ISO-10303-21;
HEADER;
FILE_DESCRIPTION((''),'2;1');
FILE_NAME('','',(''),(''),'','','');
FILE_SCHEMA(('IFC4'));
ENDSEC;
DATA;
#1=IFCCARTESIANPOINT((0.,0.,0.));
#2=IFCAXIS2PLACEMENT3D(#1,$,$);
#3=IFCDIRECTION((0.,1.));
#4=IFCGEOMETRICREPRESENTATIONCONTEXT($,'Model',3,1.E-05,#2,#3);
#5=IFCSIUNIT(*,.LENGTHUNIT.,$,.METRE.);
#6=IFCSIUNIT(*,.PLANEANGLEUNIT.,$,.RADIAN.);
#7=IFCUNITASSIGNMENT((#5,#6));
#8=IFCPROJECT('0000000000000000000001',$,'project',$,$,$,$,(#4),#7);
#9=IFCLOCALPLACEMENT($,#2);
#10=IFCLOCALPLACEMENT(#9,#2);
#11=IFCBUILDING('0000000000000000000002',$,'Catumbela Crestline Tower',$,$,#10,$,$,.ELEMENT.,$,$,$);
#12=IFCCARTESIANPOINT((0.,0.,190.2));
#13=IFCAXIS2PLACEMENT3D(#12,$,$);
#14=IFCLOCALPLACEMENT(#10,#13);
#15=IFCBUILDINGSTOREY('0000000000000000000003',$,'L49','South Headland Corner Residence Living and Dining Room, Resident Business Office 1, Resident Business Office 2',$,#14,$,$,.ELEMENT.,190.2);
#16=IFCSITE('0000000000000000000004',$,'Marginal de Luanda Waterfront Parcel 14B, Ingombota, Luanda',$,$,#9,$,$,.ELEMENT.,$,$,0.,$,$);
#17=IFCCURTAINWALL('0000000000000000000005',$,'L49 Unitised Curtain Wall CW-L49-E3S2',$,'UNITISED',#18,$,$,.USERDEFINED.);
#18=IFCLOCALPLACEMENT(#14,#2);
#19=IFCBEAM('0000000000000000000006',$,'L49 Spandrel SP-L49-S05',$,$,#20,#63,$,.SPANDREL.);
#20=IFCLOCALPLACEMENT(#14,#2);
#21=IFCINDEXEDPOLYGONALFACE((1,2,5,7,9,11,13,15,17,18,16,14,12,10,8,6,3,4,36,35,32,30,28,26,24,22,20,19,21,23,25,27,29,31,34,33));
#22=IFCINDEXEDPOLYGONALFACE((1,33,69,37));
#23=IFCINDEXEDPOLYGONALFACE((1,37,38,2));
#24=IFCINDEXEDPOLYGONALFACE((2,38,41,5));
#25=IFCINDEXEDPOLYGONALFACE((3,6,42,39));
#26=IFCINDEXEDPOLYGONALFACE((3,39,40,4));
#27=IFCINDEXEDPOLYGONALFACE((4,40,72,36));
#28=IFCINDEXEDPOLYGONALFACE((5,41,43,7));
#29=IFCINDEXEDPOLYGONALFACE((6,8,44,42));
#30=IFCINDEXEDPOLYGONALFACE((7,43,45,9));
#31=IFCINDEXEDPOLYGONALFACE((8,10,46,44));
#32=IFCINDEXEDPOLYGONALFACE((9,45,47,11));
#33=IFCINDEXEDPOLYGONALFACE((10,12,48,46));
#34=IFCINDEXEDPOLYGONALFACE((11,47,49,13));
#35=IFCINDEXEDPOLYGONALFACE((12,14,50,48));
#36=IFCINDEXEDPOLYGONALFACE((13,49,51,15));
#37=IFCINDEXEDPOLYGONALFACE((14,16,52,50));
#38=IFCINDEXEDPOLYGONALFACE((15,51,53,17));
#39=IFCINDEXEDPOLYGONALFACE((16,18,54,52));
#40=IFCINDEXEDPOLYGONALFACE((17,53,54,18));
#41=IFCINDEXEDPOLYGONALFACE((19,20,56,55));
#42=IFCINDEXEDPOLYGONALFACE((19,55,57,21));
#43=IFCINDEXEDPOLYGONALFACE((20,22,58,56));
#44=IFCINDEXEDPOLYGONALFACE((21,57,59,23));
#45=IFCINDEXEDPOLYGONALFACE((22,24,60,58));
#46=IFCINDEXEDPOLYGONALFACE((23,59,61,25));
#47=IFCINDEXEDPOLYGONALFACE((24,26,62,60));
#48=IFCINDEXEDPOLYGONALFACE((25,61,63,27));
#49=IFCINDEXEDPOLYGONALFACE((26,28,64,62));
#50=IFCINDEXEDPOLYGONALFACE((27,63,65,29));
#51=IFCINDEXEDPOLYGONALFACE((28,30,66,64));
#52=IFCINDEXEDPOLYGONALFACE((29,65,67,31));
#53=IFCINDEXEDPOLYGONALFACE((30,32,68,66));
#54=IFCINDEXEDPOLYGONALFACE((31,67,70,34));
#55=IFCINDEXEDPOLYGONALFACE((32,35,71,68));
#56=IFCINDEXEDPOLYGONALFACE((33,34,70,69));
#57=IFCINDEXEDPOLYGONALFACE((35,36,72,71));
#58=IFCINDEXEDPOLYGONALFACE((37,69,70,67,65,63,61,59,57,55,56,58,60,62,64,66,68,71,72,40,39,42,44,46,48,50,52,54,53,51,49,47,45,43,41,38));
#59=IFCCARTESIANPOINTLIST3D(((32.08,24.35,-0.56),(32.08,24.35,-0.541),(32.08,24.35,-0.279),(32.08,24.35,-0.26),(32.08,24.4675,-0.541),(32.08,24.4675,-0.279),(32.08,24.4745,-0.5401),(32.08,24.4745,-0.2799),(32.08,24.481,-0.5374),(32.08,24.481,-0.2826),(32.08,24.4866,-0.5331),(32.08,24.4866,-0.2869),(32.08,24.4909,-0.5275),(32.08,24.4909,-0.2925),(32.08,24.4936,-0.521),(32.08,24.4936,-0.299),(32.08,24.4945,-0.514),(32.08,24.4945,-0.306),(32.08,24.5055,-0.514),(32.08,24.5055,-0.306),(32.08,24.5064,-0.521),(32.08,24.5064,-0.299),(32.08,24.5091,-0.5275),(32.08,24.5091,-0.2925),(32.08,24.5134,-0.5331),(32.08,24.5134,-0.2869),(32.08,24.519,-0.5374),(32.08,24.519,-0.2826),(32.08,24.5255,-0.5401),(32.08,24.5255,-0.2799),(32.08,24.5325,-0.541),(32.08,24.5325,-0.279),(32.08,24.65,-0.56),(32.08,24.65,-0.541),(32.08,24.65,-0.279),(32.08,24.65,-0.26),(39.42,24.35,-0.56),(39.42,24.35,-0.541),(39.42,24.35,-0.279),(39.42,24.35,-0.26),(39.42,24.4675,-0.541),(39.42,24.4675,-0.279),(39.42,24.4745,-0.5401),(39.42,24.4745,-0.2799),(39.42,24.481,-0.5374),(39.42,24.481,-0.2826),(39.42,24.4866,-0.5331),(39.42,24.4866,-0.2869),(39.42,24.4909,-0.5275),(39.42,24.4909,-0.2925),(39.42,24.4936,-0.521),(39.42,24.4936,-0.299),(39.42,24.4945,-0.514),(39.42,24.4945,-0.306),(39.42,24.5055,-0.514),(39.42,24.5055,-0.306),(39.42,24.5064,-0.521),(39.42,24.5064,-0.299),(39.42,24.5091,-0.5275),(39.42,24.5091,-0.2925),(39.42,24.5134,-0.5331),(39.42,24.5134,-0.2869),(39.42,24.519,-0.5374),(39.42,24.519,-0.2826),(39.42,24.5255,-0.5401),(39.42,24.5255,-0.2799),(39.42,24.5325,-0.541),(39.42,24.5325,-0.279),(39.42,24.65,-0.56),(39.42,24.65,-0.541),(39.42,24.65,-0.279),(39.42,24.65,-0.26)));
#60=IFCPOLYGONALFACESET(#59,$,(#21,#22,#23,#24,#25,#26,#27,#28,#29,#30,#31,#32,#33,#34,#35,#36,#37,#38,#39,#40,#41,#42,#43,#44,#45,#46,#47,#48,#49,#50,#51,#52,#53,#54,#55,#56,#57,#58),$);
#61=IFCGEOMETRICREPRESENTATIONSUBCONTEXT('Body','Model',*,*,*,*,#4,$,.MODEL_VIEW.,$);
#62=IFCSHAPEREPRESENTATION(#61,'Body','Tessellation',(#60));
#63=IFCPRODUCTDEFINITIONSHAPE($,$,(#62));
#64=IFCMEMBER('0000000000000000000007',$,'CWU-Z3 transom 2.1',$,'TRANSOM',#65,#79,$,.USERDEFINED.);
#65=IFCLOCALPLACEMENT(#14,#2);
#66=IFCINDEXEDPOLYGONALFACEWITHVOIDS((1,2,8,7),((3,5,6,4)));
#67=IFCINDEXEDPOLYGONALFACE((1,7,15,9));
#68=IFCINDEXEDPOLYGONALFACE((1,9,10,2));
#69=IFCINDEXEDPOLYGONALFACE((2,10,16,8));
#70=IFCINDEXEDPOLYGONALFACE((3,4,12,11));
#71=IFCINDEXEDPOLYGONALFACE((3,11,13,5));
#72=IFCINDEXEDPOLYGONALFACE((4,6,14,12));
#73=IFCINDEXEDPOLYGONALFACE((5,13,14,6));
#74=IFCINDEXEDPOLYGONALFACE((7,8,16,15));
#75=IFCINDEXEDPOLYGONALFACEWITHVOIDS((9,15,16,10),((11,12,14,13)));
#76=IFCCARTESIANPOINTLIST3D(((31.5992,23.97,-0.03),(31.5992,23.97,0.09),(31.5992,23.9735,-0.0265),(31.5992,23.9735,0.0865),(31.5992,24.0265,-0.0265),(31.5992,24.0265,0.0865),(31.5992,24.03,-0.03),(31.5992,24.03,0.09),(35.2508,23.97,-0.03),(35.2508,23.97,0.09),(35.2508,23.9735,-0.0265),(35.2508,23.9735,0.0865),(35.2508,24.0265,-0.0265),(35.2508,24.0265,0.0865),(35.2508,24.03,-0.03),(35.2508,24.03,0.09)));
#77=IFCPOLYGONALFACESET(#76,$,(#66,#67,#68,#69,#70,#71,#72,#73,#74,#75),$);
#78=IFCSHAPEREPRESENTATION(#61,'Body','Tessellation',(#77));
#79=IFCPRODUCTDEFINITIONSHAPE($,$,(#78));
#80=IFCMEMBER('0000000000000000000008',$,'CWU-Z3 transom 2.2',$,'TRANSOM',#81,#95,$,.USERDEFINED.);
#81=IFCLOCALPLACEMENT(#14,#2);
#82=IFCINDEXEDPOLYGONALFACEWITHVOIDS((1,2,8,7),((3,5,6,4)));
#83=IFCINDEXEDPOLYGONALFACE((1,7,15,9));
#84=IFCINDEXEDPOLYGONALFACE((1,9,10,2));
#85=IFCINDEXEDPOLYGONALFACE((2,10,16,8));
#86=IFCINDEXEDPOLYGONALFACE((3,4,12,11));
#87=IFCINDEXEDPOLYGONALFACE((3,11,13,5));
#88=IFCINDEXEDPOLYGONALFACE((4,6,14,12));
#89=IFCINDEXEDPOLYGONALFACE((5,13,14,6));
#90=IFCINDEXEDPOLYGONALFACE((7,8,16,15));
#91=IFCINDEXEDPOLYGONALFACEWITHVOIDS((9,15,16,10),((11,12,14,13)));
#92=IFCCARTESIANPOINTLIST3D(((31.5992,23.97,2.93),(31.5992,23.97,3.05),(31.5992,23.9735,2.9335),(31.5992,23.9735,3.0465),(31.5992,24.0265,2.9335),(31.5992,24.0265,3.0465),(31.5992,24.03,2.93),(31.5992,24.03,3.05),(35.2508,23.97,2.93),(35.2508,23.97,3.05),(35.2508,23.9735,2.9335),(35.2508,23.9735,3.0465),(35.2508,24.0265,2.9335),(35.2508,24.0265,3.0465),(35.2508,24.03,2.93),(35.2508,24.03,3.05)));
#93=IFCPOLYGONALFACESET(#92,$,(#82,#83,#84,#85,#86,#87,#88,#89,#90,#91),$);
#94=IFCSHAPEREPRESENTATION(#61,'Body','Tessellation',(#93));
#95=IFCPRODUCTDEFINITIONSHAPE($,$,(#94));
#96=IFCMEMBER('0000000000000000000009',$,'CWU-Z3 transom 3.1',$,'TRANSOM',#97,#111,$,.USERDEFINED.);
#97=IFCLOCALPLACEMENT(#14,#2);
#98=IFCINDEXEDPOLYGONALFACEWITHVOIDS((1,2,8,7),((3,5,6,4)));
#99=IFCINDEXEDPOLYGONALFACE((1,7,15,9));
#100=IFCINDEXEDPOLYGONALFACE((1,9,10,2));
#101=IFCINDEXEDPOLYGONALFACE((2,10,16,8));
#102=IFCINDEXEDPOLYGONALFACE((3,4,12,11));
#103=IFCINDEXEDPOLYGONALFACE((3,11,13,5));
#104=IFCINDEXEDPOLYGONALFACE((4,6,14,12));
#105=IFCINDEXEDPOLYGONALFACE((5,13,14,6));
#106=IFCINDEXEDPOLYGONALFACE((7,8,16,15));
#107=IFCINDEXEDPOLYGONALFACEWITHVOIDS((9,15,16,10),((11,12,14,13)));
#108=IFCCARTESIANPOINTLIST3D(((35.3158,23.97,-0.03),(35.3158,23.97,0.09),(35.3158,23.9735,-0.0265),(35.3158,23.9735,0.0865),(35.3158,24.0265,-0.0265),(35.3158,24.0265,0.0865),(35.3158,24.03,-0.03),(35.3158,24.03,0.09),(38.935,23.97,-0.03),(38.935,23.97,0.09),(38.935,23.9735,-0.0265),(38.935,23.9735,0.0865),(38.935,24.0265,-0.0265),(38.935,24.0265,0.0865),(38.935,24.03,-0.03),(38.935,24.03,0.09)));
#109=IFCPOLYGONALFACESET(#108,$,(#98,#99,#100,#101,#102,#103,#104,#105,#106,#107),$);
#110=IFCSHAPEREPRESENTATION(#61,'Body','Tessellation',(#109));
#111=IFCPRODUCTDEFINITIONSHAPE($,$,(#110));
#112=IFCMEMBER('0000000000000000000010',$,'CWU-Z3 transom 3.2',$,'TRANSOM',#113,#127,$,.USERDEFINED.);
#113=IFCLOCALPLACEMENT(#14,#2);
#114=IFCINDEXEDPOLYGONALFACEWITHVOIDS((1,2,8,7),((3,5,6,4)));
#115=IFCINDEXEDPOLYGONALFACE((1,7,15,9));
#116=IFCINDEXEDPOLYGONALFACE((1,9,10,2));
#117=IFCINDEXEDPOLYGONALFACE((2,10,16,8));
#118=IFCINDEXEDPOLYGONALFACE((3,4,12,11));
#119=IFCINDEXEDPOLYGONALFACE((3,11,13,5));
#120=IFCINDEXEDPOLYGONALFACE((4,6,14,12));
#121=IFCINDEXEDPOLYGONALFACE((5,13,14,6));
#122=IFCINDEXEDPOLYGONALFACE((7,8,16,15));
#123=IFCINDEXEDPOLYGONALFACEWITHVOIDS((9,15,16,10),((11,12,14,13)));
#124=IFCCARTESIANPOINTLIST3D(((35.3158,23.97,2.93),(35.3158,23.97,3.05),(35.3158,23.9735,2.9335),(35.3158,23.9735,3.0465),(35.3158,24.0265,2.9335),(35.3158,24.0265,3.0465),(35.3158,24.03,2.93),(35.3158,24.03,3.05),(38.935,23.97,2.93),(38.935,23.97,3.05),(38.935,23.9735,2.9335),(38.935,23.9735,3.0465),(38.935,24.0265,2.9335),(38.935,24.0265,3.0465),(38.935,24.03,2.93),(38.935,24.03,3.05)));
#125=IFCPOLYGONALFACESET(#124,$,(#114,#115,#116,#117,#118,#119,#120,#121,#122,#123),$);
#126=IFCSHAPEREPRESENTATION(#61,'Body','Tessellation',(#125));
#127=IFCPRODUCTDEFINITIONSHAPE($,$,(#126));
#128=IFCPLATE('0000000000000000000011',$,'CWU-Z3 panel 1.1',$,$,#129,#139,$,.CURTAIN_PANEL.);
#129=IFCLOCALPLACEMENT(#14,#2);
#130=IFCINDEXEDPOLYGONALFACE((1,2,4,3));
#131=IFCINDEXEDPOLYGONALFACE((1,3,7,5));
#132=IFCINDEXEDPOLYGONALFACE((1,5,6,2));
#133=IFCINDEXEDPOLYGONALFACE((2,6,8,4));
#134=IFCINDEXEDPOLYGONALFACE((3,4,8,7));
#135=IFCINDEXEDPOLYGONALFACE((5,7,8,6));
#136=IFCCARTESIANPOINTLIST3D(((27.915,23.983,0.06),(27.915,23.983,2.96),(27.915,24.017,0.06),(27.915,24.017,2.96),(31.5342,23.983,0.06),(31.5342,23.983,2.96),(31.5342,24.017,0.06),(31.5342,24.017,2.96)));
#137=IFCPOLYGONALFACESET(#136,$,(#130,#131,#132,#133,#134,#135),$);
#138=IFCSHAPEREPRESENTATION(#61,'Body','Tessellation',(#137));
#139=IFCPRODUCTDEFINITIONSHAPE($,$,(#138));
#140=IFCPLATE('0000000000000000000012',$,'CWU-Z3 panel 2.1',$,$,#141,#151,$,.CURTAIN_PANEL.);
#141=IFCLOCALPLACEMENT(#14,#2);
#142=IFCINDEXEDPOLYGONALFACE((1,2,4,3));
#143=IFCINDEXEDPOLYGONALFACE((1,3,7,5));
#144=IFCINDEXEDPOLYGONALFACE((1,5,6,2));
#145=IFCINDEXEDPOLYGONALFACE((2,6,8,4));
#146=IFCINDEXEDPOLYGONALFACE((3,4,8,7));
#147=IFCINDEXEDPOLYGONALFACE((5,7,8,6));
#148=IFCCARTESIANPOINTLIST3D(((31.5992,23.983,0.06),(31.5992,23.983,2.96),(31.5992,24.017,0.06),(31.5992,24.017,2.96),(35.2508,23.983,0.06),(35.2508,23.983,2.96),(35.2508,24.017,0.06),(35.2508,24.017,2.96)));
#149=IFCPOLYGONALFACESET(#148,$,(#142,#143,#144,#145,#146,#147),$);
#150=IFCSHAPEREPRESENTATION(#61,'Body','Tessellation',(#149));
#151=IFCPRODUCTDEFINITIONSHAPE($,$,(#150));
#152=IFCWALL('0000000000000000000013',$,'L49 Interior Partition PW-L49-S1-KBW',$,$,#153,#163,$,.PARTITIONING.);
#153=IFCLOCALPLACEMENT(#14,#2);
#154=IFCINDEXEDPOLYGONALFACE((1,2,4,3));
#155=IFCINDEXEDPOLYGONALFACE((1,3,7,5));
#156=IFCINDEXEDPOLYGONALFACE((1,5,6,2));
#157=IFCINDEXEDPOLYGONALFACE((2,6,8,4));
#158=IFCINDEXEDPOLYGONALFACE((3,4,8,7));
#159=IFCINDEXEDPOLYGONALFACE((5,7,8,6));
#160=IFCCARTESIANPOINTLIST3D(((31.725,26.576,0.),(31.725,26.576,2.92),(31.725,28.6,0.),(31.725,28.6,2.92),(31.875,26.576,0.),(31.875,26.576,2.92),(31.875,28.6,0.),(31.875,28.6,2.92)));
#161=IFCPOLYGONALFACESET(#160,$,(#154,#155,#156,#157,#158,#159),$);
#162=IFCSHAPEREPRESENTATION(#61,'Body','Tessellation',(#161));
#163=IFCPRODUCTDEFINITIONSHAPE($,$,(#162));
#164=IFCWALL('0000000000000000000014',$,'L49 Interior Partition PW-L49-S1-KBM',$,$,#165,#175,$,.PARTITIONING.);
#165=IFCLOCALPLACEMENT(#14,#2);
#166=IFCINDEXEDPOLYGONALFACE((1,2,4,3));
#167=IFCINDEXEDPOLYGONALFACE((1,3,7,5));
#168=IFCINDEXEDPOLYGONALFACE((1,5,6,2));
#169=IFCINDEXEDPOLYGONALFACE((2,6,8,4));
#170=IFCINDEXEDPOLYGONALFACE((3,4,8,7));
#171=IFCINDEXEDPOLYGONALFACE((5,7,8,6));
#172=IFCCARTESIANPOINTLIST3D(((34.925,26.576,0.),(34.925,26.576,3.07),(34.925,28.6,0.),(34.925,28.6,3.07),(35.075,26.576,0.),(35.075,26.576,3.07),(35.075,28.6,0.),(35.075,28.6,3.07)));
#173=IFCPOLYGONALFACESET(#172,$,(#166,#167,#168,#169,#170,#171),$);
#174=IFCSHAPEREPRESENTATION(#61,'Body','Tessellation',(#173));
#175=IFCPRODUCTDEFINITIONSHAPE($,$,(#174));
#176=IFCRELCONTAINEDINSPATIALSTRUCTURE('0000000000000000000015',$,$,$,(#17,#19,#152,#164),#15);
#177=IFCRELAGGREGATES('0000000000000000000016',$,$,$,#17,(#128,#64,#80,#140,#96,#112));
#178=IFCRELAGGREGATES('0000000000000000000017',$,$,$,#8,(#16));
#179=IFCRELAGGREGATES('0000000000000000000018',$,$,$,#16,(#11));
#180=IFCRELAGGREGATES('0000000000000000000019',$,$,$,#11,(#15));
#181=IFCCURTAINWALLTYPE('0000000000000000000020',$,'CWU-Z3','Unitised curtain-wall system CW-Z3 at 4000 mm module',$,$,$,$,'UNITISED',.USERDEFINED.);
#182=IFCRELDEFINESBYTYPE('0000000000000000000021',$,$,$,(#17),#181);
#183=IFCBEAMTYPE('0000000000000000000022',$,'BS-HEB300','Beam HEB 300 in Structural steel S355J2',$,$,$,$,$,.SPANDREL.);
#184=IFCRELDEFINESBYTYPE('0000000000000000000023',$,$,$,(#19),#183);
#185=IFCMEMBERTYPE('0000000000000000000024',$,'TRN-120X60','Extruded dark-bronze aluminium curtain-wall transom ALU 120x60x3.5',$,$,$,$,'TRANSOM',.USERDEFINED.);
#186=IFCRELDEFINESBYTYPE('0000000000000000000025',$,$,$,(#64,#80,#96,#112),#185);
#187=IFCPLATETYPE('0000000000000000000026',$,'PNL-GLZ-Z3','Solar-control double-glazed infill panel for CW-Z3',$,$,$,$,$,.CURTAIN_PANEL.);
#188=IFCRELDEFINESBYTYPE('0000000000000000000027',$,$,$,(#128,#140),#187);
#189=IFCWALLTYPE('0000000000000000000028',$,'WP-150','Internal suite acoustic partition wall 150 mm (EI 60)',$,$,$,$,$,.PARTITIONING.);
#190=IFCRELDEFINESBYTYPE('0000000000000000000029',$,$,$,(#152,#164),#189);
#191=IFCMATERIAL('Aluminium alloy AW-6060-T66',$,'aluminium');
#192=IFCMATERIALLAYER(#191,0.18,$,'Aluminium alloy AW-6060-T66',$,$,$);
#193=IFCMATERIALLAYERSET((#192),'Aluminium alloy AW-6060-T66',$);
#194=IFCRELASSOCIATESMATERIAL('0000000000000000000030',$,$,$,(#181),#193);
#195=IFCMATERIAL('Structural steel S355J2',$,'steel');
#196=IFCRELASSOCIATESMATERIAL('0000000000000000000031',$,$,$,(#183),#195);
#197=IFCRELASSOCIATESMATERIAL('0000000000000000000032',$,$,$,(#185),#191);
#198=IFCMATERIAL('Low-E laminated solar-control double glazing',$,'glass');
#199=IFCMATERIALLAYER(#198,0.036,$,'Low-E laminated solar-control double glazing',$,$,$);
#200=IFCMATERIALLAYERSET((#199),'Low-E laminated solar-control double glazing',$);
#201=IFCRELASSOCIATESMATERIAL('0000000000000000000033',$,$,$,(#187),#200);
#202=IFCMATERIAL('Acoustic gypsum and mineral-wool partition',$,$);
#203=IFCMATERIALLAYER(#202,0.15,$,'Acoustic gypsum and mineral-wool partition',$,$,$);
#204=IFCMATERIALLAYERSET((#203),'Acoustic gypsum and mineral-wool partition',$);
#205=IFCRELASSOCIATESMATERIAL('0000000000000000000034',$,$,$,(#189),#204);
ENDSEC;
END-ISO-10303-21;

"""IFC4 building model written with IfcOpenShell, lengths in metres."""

from ifc_helpers import new_model, si_unit, direction, frame, frame_2d, origin, origin_2d, place, context, subcontext, project, spatial, rectangle, hollow_rectangle, i_section, extrude, material, layer, layer_set, material_profile, profile_set, type_object, element, aggregate, save


model = new_model("IFC4")

# Units and contexts
model_context = context("Model", 3, precision=1e-05, world=origin(), true_north=direction((0.0, 1.0)))
body_context = subcontext(model_context, "Body", "Model", "MODEL_VIEW")
ifc_project = project(units=[si_unit("LENGTHUNIT", "METRE"), si_unit("PLANEANGLEUNIT", "RADIAN")], contexts=[model_context])

# Site, building, storey
site_placement = place(None, origin())
site = spatial("IfcSite", under=ifc_project, at=site_placement, Name="Marginal de Luanda Waterfront Parcel 14B, Ingombota, Luanda", CompositionType="ELEMENT", RefElevation=0.0)
building_placement = place(site_placement, origin())
building = spatial("IfcBuilding", under=site, at=building_placement, Name="Catumbela Crestline Tower", CompositionType="ELEMENT")
storey_placement = place(building_placement, frame((0.0, 0.0, 190.2)))
storey = spatial("IfcBuildingStorey", under=building, at=storey_placement, Name="L49", Description="South Headland Corner Residence Living and Dining Room, Resident Business Office 1, Resident Business Office 2", CompositionType="ELEMENT", Elevation=190.2)

# Shared definitions
ifc_material_1 = material(Name="Structural steel S355J2", Category="steel")

# Curtain wall
ifc_material_2 = material(Name="Aluminium alloy AW-6060-T66", Category="aluminium")
ifc_layer_1 = layer(ifc_material_2, 0.18, Name="Aluminium alloy AW-6060-T66")
ifc_layer_set_1 = layer_set([ifc_layer_1], Name="Aluminium alloy AW-6060-T66")
curtain_wall_type = type_object("IfcCurtainWallType", Name="CWU-Z3", Description="Unitised curtain-wall system CW-Z3 at 4000 mm module", ElementType="UNITISED", PredefinedType="USERDEFINED", material=ifc_layer_set_1)
curtain_wall_placement = place(storey_placement, origin())
curtain_wall = element("IfcCurtainWall", 1, at=curtain_wall_placement, inside=storey, type_object=curtain_wall_type, Name="L49 Unitised Curtain Wall CW-L49-E3S2", ObjectType="UNITISED", PredefinedType="USERDEFINED")

# Beam
ifc_material_profile_1 = material_profile(ifc_material_1, i_section(OverallWidth=0.3, OverallDepth=0.3, WebThickness=0.011, FlangeThickness=0.019, FilletRadius=0.027, at=origin_2d()), Name="HEB 300")
ifc_profile_set_1 = profile_set([ifc_material_profile_1], Name="Structural steel S355J2")
beam_type_1 = type_object("IfcBeamType", Name="BS-HEB300", Description="Beam HEB 300 in Structural steel S355J2", PredefinedType="SPANDREL", material=ifc_profile_set_1)
beam_1_placement = place(storey_placement, frame((32.08, 24.5, -0.41), z_axis=(1.0, 0.0, 0.0), x_axis=(0.0, 1.0, 0.0)))
element("IfcBeam", 2, at=beam_1_placement, inside=storey, type_object=beam_type_1, Name="L49 Spandrel SP-L49-S05", PredefinedType="SPANDREL", context=body_context, shape_type="SweptSolid", body=[
    extrude(i_section(OverallWidth=0.3, OverallDepth=0.3, WebThickness=0.011, FlangeThickness=0.019, FilletRadius=0.027, at=origin_2d()), origin(), (0.0, 0.0, 1.0), 7.34),
])

# Members
ifc_material_profile_2 = material_profile(ifc_material_2, hollow_rectangle(XDim=0.06, YDim=0.12, WallThickness=0.0035, at=origin_2d()), Name="ALU 120x60x3.5")
ifc_profile_set_2 = profile_set([ifc_material_profile_2], Name="Aluminium alloy AW-6060-T66")
member_type_1 = type_object("IfcMemberType", Name="TRN-120X60", Description="Extruded dark-bronze aluminium curtain-wall transom ALU 120x60x3.5", ElementType="TRANSOM", PredefinedType="USERDEFINED", material=ifc_profile_set_2)
member_1_placement = place(storey_placement, frame((31.5992, 24.0, 0.03), z_axis=(1.0, 0.0, 0.0), x_axis=(0.0, 1.0, 0.0)))
member_1 = element("IfcMember", 3, at=member_1_placement, type_object=member_type_1, Name="CWU-Z3 transom 2.1", ObjectType="TRANSOM", PredefinedType="USERDEFINED", context=body_context, shape_type="SweptSolid", body=[
    extrude(hollow_rectangle(XDim=0.06, YDim=0.12, WallThickness=0.0035, at=origin_2d()), origin(), (0.0, 0.0, 1.0), 3.6516),
])
member_2_placement = place(storey_placement, frame((31.5992, 24.0, 2.99), z_axis=(1.0, 0.0, 0.0), x_axis=(0.0, 1.0, 0.0)))
member_2 = element("IfcMember", 4, at=member_2_placement, type_object=member_type_1, Name="CWU-Z3 transom 2.2", ObjectType="TRANSOM", PredefinedType="USERDEFINED", context=body_context, shape_type="SweptSolid", body=[
    extrude(hollow_rectangle(XDim=0.06, YDim=0.12, WallThickness=0.0035, at=origin_2d()), origin(), (0.0, 0.0, 1.0), 3.6516),
])
member_3_placement = place(storey_placement, frame((35.3158, 24.0, 0.03), z_axis=(1.0, 0.0, 0.0), x_axis=(0.0, 1.0, 0.0)))
member_3 = element("IfcMember", 5, at=member_3_placement, type_object=member_type_1, Name="CWU-Z3 transom 3.1", ObjectType="TRANSOM", PredefinedType="USERDEFINED", context=body_context, shape_type="SweptSolid", body=[
    extrude(hollow_rectangle(XDim=0.06, YDim=0.12, WallThickness=0.0035, at=origin_2d()), origin(), (0.0, 0.0, 1.0), 3.6192),
])
member_4_placement = place(storey_placement, frame((35.3158, 24.0, 2.99), z_axis=(1.0, 0.0, 0.0), x_axis=(0.0, 1.0, 0.0)))
member_4 = element("IfcMember", 6, at=member_4_placement, type_object=member_type_1, Name="CWU-Z3 transom 3.2", ObjectType="TRANSOM", PredefinedType="USERDEFINED", context=body_context, shape_type="SweptSolid", body=[
    extrude(hollow_rectangle(XDim=0.06, YDim=0.12, WallThickness=0.0035, at=origin_2d()), origin(), (0.0, 0.0, 1.0), 3.6192),
])

# Plates
ifc_material_3 = material(Name="Low-E laminated solar-control double glazing", Category="glass")
ifc_layer_2 = layer(ifc_material_3, 0.036, Name="Low-E laminated solar-control double glazing")
ifc_layer_set_2 = layer_set([ifc_layer_2], Name="Low-E laminated solar-control double glazing")
plate_type = type_object("IfcPlateType", Name="PNL-GLZ-Z3", Description="Solar-control double-glazed infill panel for CW-Z3", PredefinedType="CURTAIN_PANEL", material=ifc_layer_set_2)
plate_1_placement = place(storey_placement, frame((29.7246, 24.0, 0.06), z_axis=(0.0, 0.0, 1.0), x_axis=(1.0, 0.0, 0.0)))
plate_1 = element("IfcPlate", 7, at=plate_1_placement, type_object=plate_type, Name="CWU-Z3 panel 1.1", PredefinedType="CURTAIN_PANEL", context=body_context, shape_type="SweptSolid", body=[
    extrude(rectangle(XDim=3.6192, YDim=0.034, at=origin_2d()), origin(), (0.0, 0.0, 1.0), 2.9),
])
plate_2_placement = place(storey_placement, frame((33.425, 24.0, 0.06), z_axis=(0.0, 0.0, 1.0), x_axis=(1.0, 0.0, 0.0)))
plate_2 = element("IfcPlate", 8, at=plate_2_placement, type_object=plate_type, Name="CWU-Z3 panel 2.1", PredefinedType="CURTAIN_PANEL", context=body_context, shape_type="SweptSolid", body=[
    extrude(rectangle(XDim=3.6517, YDim=0.034, at=origin_2d()), origin(), (0.0, 0.0, 1.0), 2.9),
])
aggregate(curtain_wall, [plate_1, member_1, member_2, plate_2, member_3, member_4])

# Walls
ifc_material_4 = material(Name="Acoustic gypsum and mineral-wool partition")
ifc_layer_3 = layer(ifc_material_4, 0.15, Name="Acoustic gypsum and mineral-wool partition")
ifc_layer_set_3 = layer_set([ifc_layer_3], Name="Acoustic gypsum and mineral-wool partition")
wall_type = type_object("IfcWallType", Name="WP-150", Description="Internal suite acoustic partition wall 150 mm (EI 60)", PredefinedType="PARTITIONING", material=ifc_layer_set_3)
wall_1_placement = place(storey_placement, frame((31.8, 26.576, 0.0), z_axis=(0.0, 0.0, 1.0), x_axis=(0.0, 1.0, 0.0)))
element("IfcWall", 9, at=wall_1_placement, inside=storey, type_object=wall_type, Name="L49 Interior Partition PW-L49-S1-KBW", PredefinedType="PARTITIONING", context=body_context, shape_type="SweptSolid", body=[
    extrude(rectangle(XDim=2.024, YDim=0.15, at=frame_2d((1.012, 0.0))), origin(), (0.0, 0.0, 1.0), 2.92),
])
wall_2_placement = place(storey_placement, frame((35.0, 26.576, 0.0), z_axis=(0.0, 0.0, 1.0), x_axis=(0.0, 1.0, 0.0)))
element("IfcWall", 10, at=wall_2_placement, inside=storey, type_object=wall_type, Name="L49 Interior Partition PW-L49-S1-KBM", PredefinedType="PARTITIONING", context=body_context, shape_type="SweptSolid", body=[
    extrude(rectangle(XDim=2.024, YDim=0.15, at=frame_2d((1.012, 0.0))), origin(), (0.0, 0.0, 1.0), 3.07),
])

save(model, "model.ifc")
